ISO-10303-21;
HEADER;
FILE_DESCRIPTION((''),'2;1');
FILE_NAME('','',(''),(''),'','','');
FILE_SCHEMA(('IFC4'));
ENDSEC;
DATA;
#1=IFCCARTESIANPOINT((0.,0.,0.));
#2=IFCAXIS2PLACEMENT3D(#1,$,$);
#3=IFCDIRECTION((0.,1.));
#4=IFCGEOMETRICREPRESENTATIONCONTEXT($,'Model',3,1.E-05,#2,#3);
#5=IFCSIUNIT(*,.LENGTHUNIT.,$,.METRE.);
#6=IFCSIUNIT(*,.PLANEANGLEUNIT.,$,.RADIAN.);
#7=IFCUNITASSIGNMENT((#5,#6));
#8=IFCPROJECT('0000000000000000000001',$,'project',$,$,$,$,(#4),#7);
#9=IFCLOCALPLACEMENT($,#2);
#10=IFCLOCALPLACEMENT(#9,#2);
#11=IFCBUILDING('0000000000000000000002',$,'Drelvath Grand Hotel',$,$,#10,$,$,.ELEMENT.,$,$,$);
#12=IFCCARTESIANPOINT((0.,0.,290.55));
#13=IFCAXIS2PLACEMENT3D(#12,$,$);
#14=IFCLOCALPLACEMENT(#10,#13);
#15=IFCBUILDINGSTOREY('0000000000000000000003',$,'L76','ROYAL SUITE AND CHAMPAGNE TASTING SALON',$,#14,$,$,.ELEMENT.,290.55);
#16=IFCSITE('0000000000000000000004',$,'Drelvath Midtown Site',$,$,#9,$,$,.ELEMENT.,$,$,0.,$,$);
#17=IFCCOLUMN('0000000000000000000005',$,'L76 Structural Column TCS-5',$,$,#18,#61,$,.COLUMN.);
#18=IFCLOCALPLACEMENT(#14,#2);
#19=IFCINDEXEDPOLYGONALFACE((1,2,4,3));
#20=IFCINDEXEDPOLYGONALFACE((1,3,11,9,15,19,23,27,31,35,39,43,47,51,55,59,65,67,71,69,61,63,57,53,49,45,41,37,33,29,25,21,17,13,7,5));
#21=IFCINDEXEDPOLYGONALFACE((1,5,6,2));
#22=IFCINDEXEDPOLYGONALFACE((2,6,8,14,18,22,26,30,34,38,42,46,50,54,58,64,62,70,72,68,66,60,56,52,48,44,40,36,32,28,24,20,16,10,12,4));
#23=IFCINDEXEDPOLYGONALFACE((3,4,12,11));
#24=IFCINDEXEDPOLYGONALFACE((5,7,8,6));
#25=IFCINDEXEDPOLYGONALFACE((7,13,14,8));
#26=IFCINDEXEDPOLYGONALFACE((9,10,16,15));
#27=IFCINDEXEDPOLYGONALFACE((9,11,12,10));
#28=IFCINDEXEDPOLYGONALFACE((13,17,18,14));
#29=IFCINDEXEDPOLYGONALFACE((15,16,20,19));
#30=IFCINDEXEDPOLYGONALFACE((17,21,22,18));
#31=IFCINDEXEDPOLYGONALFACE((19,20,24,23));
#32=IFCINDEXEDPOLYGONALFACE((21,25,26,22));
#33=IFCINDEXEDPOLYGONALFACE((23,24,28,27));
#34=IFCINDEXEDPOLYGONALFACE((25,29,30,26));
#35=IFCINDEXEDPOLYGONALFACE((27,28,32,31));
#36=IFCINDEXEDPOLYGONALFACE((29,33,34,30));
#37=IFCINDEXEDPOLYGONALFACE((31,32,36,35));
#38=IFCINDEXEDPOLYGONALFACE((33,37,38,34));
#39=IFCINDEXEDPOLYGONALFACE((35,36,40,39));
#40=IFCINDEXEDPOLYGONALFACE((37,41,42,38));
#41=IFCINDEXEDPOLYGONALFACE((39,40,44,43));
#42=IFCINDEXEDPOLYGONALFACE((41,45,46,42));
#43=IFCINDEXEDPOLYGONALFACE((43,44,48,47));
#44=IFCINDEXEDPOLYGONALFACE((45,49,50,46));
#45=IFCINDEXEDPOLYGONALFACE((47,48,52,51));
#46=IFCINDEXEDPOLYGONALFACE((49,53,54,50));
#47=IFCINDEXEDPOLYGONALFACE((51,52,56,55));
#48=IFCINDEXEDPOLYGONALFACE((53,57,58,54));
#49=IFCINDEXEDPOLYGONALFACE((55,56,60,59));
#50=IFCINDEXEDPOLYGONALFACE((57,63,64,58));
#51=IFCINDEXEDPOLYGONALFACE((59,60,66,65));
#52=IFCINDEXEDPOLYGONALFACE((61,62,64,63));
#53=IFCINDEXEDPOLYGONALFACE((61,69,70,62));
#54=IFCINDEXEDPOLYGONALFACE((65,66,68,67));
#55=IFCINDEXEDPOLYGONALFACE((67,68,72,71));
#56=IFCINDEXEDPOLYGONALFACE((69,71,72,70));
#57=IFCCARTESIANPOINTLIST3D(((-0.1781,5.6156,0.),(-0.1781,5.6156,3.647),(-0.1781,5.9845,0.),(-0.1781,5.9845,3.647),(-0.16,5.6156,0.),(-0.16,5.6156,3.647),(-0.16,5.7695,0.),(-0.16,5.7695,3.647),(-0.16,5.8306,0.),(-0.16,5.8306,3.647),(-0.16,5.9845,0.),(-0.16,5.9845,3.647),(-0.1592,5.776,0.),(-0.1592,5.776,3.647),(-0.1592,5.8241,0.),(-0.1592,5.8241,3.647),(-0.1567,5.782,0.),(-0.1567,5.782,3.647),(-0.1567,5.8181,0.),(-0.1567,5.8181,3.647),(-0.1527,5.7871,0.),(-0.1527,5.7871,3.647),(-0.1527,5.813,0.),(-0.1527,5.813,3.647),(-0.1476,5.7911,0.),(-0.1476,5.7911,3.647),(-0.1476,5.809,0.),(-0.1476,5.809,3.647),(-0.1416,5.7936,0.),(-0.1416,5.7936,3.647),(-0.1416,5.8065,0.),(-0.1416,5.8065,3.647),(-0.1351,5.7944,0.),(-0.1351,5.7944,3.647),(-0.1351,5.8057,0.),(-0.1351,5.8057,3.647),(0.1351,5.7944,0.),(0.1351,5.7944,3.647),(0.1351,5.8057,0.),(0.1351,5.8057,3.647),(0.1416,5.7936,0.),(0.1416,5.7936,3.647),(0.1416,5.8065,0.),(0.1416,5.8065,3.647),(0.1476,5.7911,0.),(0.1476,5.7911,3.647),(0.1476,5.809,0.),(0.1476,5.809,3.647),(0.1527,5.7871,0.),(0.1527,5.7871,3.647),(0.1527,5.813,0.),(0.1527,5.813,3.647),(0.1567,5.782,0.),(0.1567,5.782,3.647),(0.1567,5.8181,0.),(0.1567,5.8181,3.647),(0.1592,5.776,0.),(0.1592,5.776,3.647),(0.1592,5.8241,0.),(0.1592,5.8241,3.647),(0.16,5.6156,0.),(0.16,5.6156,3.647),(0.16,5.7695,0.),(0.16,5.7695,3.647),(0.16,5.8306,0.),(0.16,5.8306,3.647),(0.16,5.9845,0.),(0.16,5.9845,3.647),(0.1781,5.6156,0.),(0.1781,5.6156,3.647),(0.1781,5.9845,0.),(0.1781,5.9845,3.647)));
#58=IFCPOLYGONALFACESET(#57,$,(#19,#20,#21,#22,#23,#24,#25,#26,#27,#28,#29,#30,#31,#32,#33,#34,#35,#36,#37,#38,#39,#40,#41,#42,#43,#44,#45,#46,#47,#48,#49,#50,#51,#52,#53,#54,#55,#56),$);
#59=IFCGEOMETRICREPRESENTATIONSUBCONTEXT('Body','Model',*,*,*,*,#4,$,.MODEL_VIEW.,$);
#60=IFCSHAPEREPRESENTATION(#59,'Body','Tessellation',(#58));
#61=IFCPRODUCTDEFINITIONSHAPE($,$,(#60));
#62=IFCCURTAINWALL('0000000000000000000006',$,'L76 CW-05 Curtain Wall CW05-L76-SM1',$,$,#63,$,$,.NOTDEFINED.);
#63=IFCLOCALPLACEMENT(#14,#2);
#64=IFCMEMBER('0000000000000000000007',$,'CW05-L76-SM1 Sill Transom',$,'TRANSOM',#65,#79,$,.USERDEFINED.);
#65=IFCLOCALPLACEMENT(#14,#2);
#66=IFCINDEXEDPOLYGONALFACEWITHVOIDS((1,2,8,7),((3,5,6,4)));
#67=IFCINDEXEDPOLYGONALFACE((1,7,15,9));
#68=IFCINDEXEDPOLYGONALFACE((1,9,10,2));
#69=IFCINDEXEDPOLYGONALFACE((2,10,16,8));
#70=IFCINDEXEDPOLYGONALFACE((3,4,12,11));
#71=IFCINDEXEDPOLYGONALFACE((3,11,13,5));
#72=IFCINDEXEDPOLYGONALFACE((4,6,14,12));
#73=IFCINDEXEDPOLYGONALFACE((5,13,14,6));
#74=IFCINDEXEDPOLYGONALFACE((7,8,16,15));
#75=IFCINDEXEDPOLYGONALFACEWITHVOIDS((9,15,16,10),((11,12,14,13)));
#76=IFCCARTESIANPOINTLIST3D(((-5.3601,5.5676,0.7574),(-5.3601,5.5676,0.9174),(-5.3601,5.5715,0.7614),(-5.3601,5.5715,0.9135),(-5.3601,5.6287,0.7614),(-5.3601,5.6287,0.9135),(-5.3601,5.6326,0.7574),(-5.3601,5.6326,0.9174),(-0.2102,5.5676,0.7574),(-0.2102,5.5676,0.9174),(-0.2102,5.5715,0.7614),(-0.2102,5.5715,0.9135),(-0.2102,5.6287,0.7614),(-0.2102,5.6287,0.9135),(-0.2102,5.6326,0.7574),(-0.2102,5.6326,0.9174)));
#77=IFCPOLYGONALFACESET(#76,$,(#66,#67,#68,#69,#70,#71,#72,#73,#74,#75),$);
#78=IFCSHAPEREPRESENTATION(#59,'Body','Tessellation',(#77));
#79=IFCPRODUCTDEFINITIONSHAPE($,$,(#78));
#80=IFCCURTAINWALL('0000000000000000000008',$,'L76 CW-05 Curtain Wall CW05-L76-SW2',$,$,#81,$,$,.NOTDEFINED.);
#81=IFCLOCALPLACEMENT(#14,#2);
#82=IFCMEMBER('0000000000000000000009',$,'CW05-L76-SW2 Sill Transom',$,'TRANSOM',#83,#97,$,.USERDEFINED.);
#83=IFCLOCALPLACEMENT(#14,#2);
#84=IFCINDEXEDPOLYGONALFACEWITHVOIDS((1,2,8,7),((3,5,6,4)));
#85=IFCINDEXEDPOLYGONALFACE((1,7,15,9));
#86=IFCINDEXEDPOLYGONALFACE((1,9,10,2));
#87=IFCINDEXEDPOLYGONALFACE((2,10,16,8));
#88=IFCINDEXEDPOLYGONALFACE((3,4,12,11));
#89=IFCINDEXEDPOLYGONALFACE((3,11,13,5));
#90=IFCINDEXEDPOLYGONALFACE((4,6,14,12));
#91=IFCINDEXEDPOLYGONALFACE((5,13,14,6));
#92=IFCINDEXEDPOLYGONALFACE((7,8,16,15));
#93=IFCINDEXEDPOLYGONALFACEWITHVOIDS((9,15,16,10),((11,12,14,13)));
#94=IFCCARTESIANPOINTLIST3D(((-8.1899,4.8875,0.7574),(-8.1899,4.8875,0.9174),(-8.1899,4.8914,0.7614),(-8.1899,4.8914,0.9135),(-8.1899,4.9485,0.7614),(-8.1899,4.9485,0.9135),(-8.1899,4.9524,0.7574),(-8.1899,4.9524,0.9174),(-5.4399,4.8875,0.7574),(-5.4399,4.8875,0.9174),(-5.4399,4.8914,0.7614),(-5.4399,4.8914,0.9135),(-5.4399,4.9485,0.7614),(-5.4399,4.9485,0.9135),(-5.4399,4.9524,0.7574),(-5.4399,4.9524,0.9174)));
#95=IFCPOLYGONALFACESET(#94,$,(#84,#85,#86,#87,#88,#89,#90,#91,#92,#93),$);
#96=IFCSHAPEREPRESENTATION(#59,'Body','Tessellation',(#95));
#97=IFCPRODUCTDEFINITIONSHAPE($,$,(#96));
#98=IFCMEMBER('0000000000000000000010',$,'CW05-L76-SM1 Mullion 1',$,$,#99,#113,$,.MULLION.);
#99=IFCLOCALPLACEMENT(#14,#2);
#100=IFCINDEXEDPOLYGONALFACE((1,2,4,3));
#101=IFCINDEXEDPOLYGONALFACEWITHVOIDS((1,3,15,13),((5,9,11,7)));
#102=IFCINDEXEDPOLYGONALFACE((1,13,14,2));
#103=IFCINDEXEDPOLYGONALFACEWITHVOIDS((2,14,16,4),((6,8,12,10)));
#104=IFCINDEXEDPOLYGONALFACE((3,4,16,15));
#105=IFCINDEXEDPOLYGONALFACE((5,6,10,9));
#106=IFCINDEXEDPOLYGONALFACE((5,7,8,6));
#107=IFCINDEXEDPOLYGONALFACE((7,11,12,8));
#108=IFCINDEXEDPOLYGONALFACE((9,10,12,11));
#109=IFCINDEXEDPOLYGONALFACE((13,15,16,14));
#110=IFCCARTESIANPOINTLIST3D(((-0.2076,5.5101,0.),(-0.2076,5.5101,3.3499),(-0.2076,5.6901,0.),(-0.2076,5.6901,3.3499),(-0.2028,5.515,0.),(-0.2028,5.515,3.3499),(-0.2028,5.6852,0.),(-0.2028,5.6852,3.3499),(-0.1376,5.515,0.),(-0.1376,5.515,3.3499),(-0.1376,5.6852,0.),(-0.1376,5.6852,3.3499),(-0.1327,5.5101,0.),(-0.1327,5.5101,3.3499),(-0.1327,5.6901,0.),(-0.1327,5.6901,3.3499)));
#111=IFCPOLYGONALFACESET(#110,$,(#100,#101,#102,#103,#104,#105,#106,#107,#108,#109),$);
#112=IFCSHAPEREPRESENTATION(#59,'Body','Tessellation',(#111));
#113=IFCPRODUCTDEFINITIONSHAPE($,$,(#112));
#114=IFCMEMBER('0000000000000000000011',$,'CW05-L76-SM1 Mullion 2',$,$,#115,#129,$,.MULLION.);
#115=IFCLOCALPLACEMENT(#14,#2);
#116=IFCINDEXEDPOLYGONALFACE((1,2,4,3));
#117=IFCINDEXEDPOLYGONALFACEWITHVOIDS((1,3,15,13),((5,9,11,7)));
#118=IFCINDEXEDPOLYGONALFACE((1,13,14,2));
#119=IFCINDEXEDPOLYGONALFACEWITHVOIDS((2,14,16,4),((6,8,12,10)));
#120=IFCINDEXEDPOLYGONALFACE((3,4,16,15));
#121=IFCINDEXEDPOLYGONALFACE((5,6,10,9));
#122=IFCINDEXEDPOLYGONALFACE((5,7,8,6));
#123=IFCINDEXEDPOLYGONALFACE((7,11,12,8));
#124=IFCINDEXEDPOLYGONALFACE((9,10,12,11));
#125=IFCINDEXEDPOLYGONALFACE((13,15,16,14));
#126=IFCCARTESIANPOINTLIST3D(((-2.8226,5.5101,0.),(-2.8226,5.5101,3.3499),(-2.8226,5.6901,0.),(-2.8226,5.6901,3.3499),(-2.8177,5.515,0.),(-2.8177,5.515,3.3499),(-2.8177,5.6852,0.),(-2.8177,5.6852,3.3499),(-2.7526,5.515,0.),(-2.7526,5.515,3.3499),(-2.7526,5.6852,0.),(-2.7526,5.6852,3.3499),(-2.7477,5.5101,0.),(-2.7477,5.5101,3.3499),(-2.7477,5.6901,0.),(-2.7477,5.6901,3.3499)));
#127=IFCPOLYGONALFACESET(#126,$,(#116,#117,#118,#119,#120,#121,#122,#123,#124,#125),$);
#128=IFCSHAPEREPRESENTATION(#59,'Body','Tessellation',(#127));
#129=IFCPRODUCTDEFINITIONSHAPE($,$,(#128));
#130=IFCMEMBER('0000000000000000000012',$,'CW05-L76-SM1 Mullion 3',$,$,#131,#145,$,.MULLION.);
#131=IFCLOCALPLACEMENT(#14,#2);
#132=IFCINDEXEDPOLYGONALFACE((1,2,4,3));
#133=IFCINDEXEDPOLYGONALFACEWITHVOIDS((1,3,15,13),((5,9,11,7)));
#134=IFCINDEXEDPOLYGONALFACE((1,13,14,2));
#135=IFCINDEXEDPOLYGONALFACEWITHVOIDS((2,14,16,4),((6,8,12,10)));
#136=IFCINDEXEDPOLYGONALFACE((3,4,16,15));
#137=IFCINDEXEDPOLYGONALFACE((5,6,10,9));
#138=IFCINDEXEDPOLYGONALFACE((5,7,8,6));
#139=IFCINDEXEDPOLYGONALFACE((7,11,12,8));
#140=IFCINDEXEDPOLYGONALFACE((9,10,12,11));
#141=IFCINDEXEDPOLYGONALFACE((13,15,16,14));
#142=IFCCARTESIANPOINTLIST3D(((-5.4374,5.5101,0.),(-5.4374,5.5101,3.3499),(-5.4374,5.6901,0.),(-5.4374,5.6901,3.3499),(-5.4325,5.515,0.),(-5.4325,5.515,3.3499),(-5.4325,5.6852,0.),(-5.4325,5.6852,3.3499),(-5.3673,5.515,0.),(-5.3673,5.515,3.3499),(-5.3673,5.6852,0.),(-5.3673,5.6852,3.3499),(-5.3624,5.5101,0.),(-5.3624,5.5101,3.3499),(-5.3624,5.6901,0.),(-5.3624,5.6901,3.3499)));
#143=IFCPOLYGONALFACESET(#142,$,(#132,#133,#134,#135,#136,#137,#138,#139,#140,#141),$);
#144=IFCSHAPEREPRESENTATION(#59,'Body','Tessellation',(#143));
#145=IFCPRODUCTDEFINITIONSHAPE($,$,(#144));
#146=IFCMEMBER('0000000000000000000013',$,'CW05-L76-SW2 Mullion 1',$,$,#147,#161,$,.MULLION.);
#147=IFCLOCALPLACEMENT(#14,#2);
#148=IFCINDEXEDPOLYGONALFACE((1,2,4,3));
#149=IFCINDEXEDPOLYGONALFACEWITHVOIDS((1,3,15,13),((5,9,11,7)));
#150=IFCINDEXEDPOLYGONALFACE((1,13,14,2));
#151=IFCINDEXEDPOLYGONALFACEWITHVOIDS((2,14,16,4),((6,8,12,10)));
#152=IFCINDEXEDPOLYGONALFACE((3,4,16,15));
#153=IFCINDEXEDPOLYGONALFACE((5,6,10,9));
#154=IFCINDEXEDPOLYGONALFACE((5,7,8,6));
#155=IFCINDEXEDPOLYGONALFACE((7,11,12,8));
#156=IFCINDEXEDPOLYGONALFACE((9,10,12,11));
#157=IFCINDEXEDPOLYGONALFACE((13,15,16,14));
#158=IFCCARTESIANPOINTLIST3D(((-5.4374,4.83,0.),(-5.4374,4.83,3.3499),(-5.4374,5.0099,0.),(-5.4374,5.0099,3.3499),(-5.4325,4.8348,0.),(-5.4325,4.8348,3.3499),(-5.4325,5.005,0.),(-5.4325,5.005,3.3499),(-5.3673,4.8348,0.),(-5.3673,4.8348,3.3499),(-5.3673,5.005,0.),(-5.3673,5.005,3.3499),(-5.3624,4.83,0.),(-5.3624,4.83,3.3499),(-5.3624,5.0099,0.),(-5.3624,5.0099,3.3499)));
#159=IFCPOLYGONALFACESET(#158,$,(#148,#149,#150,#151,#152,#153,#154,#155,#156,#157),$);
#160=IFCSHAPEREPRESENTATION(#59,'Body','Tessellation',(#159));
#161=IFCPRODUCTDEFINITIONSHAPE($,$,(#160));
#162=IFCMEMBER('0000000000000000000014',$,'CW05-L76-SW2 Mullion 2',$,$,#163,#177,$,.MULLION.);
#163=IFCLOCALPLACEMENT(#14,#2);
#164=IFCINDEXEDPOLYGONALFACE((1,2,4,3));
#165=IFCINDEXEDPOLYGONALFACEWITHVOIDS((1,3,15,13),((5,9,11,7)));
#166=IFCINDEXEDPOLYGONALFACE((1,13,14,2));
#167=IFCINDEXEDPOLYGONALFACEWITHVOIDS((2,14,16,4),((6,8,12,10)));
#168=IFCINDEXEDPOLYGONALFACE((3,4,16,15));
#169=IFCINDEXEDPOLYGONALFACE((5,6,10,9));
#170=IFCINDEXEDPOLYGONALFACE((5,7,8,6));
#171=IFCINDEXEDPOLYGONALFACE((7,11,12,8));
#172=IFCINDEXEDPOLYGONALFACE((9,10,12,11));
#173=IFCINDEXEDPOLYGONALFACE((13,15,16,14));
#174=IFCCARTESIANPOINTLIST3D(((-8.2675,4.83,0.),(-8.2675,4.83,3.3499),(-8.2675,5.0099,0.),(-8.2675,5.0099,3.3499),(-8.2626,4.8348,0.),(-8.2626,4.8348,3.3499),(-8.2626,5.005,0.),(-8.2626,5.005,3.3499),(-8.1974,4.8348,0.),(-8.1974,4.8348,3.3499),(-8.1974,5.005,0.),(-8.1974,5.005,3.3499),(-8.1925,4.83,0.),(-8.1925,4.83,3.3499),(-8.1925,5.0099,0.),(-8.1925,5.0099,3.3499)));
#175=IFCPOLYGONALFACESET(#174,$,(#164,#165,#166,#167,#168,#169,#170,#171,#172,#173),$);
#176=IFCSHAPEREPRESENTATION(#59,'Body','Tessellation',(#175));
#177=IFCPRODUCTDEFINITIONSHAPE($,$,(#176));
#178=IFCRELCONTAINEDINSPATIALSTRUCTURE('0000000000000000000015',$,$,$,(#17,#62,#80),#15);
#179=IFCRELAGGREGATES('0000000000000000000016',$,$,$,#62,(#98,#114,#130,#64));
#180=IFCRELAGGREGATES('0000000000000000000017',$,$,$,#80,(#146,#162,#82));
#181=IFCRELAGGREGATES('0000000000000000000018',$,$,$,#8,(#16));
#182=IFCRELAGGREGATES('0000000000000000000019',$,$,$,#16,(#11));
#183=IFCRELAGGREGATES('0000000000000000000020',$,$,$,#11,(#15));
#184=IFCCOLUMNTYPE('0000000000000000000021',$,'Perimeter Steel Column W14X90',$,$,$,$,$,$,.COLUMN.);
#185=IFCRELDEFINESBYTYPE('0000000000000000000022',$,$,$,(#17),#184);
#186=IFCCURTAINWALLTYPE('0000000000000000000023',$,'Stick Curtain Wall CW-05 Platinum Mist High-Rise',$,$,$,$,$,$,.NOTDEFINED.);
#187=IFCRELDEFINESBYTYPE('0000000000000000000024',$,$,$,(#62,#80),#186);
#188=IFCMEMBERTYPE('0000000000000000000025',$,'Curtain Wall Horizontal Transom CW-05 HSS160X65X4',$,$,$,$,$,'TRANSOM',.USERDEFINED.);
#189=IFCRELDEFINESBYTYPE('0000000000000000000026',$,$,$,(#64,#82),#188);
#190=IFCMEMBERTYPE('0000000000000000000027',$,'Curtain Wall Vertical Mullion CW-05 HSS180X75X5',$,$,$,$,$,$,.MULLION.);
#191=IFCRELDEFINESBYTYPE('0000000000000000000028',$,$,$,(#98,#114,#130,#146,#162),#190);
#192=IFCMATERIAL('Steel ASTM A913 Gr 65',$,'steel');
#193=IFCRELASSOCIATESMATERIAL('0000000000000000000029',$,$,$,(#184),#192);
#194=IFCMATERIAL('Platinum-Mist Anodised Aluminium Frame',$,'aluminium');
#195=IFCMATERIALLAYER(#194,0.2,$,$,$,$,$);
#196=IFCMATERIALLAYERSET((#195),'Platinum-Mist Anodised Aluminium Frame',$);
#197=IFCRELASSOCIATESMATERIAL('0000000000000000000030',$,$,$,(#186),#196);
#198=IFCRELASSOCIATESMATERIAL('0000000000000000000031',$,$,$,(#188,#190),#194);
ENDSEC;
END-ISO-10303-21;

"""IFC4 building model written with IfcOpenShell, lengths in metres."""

from ifc_helpers import new_model, si_unit, direction, frame, origin, origin_2d, place, context, subcontext, project, spatial, hollow_rectangle, i_section, extrude, material, layer, layer_set, material_profile, profile_set, type_object, element, aggregate, save


model = new_model("IFC4")

# Units and contexts
model_context = context("Model", 3, precision=1e-05, world=origin(), true_north=direction((0.0, 1.0)))
body_context = subcontext(model_context, "Body", "Model", "MODEL_VIEW")
ifc_project = project(units=[si_unit("LENGTHUNIT", "METRE"), si_unit("PLANEANGLEUNIT", "RADIAN")], contexts=[model_context])

# Site, building, storey
site_placement = place(None, origin())
site = spatial("IfcSite", under=ifc_project, at=site_placement, Name="Drelvath Midtown Site", CompositionType="ELEMENT", RefElevation=0.0)
building_placement = place(site_placement, origin())
building = spatial("IfcBuilding", under=site, at=building_placement, Name="Drelvath Grand Hotel", CompositionType="ELEMENT")
storey_placement = place(building_placement, frame((0.0, 0.0, 290.55)))
storey = spatial("IfcBuildingStorey", under=building, at=storey_placement, Name="L76", Description="ROYAL SUITE AND CHAMPAGNE TASTING SALON", CompositionType="ELEMENT", Elevation=290.55)

# Column
ifc_material_1 = material(Name="Steel ASTM A913 Gr 65", Category="steel")
ifc_material_profile_1 = material_profile(ifc_material_1, i_section(OverallWidth=0.3689, OverallDepth=0.3562, WebThickness=0.0112, FlangeThickness=0.0181, FilletRadius=0.0249, at=origin_2d()), Name="W14X90")
ifc_profile_set_1 = profile_set([ifc_material_profile_1], Name="Steel ASTM A913 Gr 65")
column_type = type_object("IfcColumnType", Name="Perimeter Steel Column W14X90", PredefinedType="COLUMN", material=ifc_profile_set_1)
column_placement = place(storey_placement, frame((0.0, 5.8, 0.0), z_axis=(0.0, 0.0, 1.0), x_axis=(0.0, 1.0, 0.0)))
element("IfcColumn", 1, at=column_placement, inside=storey, type_object=column_type, Name="L76 Structural Column TCS-5", PredefinedType="COLUMN", context=body_context, shape_type="SweptSolid", body=[
    extrude(i_section(OverallWidth=0.3689, OverallDepth=0.3562, WebThickness=0.0112, FlangeThickness=0.0181, FilletRadius=0.0249, at=origin_2d()), origin(), (0.0, 0.0, 1.0), 3.647),
])

# Curtain walls, members
ifc_material_2 = material(Name="Platinum-Mist Anodised Aluminium Frame", Category="aluminium")
ifc_layer_1 = layer(ifc_material_2, 0.2)
ifc_layer_set_1 = layer_set([ifc_layer_1], Name="Platinum-Mist Anodised Aluminium Frame")
curtain_wall_type = type_object("IfcCurtainWallType", Name="Stick Curtain Wall CW-05 Platinum Mist High-Rise", PredefinedType="NOTDEFINED", material=ifc_layer_set_1)
curtain_wall_1_placement = place(storey_placement, origin())
curtain_wall_1 = element("IfcCurtainWall", 2, at=curtain_wall_1_placement, inside=storey, type_object=curtain_wall_type, Name="L76 CW-05 Curtain Wall CW05-L76-SM1", PredefinedType="NOTDEFINED")
ifc_material_profile_2 = material_profile(ifc_material_2, hollow_rectangle(XDim=0.0649, YDim=0.1599, WallThickness=0.0039, at=origin_2d()), Name="HSS160X65X4")
ifc_profile_set_2 = profile_set([ifc_material_profile_2], Name="Platinum-Mist Anodised Aluminium Frame")
member_type_1 = type_object("IfcMemberType", Name="Curtain Wall Horizontal Transom CW-05 HSS160X65X4", ElementType="TRANSOM", PredefinedType="USERDEFINED", material=ifc_profile_set_2)
member_1_placement = place(storey_placement, frame((-0.2102, 5.6001, 0.8374), z_axis=(-1.0, 0.0, 0.0), x_axis=(0.0, -1.0, 0.0)))
member_1 = element("IfcMember", 3, at=member_1_placement, type_object=member_type_1, Name="CW05-L76-SM1 Sill Transom", ObjectType="TRANSOM", PredefinedType="USERDEFINED", context=body_context, shape_type="SweptSolid", body=[
    extrude(hollow_rectangle(XDim=0.0649, YDim=0.1599, WallThickness=0.0039, at=origin_2d()), origin(), (0.0, 0.0, 1.0), 5.1499),
])
curtain_wall_2_placement = place(storey_placement, origin())
curtain_wall_2 = element("IfcCurtainWall", 4, at=curtain_wall_2_placement, inside=storey, type_object=curtain_wall_type, Name="L76 CW-05 Curtain Wall CW05-L76-SW2", PredefinedType="NOTDEFINED")
member_2_placement = place(storey_placement, frame((-5.4399, 4.9199, 0.8374), z_axis=(-1.0, 0.0, 0.0), x_axis=(0.0, -1.0, 0.0)))
member_2 = element("IfcMember", 5, at=member_2_placement, type_object=member_type_1, Name="CW05-L76-SW2 Sill Transom", ObjectType="TRANSOM", PredefinedType="USERDEFINED", context=body_context, shape_type="SweptSolid", body=[
    extrude(hollow_rectangle(XDim=0.0649, YDim=0.1599, WallThickness=0.0039, at=origin_2d()), origin(), (0.0, 0.0, 1.0), 2.75),
])

# Members
ifc_material_profile_3 = material_profile(ifc_material_2, hollow_rectangle(XDim=0.075, YDim=0.1799, WallThickness=0.0049, at=origin_2d()), Name="HSS180X75X5")
ifc_profile_set_3 = profile_set([ifc_material_profile_3], Name="Platinum-Mist Anodised Aluminium Frame")
member_type_2 = type_object("IfcMemberType", Name="Curtain Wall Vertical Mullion CW-05 HSS180X75X5", PredefinedType="MULLION", material=ifc_profile_set_3)
member_3_placement = place(storey_placement, frame((-0.1702, 5.6001, 0.0), z_axis=(0.0, 0.0, 1.0), x_axis=(1.0, 0.0, 0.0)))
member_3 = element("IfcMember", 6, at=member_3_placement, type_object=member_type_2, Name="CW05-L76-SM1 Mullion 1", PredefinedType="MULLION", context=body_context, shape_type="SweptSolid", body=[
    extrude(hollow_rectangle(XDim=0.075, YDim=0.1799, WallThickness=0.0049, at=origin_2d()), origin(), (0.0, 0.0, 1.0), 3.3499),
])
member_4_placement = place(storey_placement, frame((-2.7852, 5.6001, 0.0), z_axis=(0.0, 0.0, 1.0), x_axis=(1.0, 0.0, 0.0)))
member_4 = element("IfcMember", 7, at=member_4_placement, type_object=member_type_2, Name="CW05-L76-SM1 Mullion 2", PredefinedType="MULLION", context=body_context, shape_type="SweptSolid", body=[
    extrude(hollow_rectangle(XDim=0.075, YDim=0.1799, WallThickness=0.0049, at=origin_2d()), origin(), (0.0, 0.0, 1.0), 3.3499),
])
member_5_placement = place(storey_placement, frame((-5.3999, 5.6001, 0.0), z_axis=(0.0, 0.0, 1.0), x_axis=(1.0, 0.0, 0.0)))
member_5 = element("IfcMember", 8, at=member_5_placement, type_object=member_type_2, Name="CW05-L76-SM1 Mullion 3", PredefinedType="MULLION", context=body_context, shape_type="SweptSolid", body=[
    extrude(hollow_rectangle(XDim=0.075, YDim=0.1799, WallThickness=0.0049, at=origin_2d()), origin(), (0.0, 0.0, 1.0), 3.3499),
])
member_6_placement = place(storey_placement, frame((-5.3999, 4.9199, 0.0), z_axis=(0.0, 0.0, 1.0), x_axis=(1.0, 0.0, 0.0)))
member_6 = element("IfcMember", 9, at=member_6_placement, type_object=member_type_2, Name="CW05-L76-SW2 Mullion 1", PredefinedType="MULLION", context=body_context, shape_type="SweptSolid", body=[
    extrude(hollow_rectangle(XDim=0.075, YDim=0.1799, WallThickness=0.0049, at=origin_2d()), origin(), (0.0, 0.0, 1.0), 3.3499),
])
member_7_placement = place(storey_placement, frame((-8.23, 4.9199, 0.0), z_axis=(0.0, 0.0, 1.0), x_axis=(1.0, 0.0, 0.0)))
member_7 = element("IfcMember", 10, at=member_7_placement, type_object=member_type_2, Name="CW05-L76-SW2 Mullion 2", PredefinedType="MULLION", context=body_context, shape_type="SweptSolid", body=[
    extrude(hollow_rectangle(XDim=0.075, YDim=0.1799, WallThickness=0.0049, at=origin_2d()), origin(), (0.0, 0.0, 1.0), 3.3499),
])

aggregate(curtain_wall_1, [member_3, member_4, member_5, member_1])
aggregate(curtain_wall_2, [member_6, member_7, member_2])

save(model, "model.ifc")
